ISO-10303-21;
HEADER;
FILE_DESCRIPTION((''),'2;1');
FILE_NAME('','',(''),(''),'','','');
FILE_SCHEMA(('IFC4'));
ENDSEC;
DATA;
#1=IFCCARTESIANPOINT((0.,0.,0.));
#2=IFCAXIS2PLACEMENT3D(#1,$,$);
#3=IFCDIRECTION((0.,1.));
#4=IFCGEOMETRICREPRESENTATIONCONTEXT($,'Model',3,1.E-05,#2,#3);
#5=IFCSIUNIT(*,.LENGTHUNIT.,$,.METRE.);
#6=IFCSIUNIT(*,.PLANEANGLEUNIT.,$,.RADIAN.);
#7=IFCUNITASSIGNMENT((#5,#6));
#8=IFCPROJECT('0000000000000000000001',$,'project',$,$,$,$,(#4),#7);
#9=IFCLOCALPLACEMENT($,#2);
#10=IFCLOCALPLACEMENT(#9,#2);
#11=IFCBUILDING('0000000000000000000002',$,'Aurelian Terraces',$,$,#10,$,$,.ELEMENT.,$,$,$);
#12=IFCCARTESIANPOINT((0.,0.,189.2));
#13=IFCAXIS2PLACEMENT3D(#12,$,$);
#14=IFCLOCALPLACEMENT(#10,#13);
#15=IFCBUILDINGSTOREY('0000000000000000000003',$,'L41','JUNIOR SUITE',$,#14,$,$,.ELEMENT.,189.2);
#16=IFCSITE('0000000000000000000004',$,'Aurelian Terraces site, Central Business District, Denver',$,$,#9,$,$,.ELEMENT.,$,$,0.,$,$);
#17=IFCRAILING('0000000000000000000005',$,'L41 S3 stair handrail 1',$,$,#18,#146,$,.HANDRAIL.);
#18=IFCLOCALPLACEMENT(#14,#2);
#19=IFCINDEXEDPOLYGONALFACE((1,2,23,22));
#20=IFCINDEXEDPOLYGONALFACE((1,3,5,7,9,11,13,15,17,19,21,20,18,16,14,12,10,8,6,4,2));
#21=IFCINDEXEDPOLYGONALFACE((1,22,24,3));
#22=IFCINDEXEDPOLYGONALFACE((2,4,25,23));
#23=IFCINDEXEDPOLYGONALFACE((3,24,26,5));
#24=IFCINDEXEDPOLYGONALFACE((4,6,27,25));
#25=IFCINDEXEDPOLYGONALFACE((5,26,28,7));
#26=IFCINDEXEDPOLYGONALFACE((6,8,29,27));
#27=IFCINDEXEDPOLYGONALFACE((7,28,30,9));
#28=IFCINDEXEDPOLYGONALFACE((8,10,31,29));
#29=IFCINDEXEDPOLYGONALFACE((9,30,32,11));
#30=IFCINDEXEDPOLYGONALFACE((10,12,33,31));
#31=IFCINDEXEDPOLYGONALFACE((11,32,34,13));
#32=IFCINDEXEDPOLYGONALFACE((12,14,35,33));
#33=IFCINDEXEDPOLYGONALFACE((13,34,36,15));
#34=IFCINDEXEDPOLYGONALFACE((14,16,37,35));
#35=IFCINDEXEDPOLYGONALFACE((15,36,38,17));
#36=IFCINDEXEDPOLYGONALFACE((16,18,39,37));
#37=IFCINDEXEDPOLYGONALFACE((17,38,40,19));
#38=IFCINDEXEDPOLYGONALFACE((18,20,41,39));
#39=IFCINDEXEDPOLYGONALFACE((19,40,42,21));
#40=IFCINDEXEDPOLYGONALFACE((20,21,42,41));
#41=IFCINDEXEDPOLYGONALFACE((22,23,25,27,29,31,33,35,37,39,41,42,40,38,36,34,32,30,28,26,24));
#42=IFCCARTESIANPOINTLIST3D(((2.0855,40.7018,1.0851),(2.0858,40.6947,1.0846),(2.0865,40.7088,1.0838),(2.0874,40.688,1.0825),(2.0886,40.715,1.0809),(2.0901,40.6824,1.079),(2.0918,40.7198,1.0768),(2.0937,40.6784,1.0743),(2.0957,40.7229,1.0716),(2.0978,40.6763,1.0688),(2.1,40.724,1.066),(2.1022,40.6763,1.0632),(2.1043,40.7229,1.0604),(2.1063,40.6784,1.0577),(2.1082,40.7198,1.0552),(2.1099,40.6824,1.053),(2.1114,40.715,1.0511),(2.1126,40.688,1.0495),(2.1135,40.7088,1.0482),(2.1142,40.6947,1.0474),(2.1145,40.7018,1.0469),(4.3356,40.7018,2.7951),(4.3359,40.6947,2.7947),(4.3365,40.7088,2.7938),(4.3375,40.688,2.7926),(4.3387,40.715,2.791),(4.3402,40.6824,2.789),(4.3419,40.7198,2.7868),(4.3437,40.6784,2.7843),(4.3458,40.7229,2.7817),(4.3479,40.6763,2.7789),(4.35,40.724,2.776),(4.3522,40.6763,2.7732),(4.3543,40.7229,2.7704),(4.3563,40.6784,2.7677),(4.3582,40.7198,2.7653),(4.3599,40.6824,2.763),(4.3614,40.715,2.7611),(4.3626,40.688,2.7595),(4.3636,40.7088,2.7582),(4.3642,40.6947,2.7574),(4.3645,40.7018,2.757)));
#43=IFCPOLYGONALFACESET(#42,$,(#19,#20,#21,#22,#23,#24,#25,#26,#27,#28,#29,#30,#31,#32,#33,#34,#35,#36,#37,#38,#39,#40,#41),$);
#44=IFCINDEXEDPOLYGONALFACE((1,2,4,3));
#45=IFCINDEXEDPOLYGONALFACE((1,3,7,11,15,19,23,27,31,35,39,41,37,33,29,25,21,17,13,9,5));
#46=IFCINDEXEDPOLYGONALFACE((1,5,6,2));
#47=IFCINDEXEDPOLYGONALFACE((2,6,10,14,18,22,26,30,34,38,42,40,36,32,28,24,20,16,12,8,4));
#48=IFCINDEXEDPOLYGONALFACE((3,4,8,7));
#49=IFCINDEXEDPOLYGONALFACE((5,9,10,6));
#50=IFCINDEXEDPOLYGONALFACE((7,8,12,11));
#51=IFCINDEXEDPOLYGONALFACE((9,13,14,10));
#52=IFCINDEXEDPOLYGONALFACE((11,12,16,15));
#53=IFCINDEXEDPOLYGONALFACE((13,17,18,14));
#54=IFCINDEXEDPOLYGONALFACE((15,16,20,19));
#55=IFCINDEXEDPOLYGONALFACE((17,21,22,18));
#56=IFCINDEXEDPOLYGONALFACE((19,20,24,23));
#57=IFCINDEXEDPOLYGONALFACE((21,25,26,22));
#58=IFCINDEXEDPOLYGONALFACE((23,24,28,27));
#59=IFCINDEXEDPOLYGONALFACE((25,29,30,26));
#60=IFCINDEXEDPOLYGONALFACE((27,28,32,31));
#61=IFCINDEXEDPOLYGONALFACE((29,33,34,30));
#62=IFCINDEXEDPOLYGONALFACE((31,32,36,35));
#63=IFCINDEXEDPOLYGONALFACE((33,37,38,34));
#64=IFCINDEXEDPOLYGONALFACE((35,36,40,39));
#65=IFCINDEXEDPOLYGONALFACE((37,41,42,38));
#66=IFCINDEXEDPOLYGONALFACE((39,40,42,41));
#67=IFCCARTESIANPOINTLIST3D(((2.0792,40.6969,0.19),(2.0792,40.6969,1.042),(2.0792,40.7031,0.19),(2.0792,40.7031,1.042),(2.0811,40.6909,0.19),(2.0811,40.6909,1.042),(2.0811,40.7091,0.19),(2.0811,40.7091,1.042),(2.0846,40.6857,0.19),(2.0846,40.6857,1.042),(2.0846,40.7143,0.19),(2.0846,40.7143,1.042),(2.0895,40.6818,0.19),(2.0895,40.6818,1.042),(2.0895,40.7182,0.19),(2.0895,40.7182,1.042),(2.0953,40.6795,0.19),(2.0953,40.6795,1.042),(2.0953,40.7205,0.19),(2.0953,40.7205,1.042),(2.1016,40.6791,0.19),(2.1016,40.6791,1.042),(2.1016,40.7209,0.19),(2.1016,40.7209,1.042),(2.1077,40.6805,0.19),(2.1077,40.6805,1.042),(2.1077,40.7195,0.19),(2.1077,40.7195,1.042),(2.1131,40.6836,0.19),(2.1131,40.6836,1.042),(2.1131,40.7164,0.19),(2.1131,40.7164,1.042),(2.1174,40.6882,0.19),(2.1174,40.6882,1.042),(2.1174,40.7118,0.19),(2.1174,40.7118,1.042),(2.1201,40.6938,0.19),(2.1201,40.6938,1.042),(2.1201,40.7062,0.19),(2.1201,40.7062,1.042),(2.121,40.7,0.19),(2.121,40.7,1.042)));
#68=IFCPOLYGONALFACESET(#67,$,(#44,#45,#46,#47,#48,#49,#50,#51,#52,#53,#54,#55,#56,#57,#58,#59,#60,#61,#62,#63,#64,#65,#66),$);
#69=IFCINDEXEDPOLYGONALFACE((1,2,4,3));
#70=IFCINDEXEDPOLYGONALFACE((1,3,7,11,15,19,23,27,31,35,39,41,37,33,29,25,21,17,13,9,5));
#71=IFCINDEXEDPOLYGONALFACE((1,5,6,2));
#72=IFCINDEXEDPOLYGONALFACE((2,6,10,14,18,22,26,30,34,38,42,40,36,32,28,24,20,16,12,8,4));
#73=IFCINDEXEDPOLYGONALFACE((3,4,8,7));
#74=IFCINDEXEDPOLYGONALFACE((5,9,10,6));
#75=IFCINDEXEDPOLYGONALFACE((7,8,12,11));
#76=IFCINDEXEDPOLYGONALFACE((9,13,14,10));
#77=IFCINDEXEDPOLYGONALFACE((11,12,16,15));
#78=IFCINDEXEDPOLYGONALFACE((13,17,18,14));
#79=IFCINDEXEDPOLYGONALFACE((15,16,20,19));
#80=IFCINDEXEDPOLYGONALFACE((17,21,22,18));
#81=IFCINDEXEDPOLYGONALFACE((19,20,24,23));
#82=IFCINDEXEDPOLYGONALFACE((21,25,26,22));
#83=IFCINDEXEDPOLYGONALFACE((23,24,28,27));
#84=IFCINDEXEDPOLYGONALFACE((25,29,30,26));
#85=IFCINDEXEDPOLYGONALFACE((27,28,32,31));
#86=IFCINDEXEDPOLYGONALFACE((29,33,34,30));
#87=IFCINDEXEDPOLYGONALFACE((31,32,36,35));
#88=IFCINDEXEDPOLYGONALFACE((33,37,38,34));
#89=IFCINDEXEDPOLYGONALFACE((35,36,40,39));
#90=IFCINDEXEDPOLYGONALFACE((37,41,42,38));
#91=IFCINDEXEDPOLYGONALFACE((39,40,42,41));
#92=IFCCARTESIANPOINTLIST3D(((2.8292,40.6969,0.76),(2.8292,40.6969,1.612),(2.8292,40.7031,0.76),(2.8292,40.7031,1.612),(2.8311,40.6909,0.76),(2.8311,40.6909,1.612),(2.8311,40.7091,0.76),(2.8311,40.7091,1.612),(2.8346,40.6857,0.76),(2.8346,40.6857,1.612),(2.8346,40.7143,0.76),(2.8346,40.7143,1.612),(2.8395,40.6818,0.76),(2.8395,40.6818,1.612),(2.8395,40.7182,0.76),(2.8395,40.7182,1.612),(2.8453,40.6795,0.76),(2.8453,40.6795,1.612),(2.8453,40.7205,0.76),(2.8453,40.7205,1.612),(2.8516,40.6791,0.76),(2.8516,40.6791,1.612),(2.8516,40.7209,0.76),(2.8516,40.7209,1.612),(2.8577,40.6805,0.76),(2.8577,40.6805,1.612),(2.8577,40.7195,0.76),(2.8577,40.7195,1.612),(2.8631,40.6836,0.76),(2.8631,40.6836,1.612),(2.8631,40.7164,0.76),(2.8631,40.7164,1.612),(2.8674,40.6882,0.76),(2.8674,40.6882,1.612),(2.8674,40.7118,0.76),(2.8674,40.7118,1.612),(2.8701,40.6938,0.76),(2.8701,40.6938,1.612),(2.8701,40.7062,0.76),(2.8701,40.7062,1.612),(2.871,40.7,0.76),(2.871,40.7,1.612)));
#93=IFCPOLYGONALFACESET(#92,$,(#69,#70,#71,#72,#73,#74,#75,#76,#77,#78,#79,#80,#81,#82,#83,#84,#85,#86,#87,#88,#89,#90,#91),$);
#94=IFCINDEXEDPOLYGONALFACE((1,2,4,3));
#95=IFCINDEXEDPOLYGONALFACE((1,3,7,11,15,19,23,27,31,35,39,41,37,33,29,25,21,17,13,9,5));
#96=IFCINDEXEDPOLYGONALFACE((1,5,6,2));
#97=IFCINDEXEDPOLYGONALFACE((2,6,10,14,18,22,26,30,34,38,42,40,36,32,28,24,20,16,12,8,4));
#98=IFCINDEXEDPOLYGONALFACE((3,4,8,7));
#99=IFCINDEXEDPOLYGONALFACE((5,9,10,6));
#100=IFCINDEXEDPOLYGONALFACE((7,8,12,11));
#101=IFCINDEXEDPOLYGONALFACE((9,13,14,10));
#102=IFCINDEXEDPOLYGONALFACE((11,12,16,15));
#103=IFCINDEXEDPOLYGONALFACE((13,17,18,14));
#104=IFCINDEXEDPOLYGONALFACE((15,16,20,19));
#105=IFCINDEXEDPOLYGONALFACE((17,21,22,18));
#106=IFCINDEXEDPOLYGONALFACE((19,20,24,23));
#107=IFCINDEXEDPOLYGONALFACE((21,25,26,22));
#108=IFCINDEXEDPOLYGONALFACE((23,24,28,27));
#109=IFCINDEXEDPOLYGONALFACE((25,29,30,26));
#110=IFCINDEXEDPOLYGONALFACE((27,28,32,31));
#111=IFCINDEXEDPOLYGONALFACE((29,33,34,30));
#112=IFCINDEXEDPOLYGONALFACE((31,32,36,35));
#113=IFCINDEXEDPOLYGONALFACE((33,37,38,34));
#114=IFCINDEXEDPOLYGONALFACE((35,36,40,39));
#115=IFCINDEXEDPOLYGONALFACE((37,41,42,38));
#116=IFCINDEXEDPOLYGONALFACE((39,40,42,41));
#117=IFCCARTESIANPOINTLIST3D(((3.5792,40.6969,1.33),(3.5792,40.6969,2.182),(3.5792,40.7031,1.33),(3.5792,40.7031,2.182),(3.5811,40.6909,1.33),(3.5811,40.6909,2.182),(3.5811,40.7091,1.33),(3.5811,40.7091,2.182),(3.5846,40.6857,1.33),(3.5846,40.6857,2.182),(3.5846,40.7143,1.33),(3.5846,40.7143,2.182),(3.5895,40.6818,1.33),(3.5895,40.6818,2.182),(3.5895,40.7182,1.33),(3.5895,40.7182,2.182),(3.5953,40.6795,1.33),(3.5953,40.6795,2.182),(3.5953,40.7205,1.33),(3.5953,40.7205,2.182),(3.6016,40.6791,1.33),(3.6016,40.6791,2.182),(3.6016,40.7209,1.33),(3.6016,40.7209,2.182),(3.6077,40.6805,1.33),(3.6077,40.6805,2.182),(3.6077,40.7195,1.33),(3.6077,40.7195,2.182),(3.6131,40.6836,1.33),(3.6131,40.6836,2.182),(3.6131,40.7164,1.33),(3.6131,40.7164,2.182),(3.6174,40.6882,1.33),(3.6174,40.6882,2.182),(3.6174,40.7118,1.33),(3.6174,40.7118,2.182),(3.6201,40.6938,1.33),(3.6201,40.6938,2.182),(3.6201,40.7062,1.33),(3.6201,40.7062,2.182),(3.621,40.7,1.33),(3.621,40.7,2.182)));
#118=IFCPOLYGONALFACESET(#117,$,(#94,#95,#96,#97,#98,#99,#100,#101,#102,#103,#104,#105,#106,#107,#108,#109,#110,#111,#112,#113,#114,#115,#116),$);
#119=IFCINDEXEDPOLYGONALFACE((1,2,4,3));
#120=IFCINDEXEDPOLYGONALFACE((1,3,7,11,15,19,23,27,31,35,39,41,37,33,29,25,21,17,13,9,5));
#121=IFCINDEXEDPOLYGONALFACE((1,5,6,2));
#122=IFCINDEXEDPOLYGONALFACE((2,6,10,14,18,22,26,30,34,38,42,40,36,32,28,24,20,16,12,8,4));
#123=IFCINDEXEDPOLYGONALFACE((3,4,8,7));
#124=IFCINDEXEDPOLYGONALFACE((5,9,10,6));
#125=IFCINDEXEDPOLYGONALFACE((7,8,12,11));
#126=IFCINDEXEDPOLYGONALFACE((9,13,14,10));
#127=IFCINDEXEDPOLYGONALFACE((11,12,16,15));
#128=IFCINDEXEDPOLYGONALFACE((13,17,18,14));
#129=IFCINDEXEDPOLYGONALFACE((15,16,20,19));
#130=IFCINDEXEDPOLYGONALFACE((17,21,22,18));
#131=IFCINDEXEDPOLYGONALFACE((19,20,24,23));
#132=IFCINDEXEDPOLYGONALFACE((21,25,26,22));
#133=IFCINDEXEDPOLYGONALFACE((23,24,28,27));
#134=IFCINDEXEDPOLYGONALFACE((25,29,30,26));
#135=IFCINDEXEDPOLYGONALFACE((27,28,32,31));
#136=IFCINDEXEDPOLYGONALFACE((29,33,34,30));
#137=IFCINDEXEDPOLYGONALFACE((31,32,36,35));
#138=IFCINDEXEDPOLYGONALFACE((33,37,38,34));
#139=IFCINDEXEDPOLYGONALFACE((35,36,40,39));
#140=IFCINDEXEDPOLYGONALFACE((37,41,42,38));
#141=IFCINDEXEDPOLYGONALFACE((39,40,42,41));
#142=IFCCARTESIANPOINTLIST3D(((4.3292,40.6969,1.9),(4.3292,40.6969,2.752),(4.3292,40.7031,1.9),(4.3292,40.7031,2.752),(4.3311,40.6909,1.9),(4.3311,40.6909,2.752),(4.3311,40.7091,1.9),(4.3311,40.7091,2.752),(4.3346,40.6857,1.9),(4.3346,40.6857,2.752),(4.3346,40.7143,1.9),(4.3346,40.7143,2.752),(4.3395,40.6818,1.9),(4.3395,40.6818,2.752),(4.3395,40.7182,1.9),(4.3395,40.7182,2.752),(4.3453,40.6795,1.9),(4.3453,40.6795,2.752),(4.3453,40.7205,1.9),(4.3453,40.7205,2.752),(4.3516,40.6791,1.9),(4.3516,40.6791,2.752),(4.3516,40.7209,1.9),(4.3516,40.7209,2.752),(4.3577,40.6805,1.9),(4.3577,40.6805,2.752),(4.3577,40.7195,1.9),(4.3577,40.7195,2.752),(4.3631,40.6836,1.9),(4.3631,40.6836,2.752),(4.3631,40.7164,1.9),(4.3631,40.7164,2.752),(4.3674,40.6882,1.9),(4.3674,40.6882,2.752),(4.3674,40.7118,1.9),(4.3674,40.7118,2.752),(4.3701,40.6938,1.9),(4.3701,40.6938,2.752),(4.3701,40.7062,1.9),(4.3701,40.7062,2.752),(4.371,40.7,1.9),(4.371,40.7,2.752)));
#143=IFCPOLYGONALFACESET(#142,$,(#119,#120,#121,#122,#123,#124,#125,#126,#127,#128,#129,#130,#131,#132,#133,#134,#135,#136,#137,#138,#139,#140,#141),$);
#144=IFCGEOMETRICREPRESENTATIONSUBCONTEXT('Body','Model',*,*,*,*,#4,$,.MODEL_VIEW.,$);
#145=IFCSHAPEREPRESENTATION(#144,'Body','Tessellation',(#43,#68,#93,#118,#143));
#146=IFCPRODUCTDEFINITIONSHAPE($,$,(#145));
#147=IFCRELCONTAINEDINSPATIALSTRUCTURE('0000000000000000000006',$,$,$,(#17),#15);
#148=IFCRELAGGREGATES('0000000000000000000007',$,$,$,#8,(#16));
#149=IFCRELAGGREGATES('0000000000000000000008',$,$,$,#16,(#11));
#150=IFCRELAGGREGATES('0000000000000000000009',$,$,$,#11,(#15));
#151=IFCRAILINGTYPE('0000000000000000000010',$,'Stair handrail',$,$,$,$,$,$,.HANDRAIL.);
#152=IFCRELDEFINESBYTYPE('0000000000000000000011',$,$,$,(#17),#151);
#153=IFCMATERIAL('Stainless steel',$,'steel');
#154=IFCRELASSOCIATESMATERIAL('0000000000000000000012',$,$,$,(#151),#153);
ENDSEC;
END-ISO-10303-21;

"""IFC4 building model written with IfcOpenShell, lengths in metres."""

from ifc_helpers import new_model, si_unit, direction, frame, origin, origin_2d, place, context, subcontext, project, spatial, circle, extrude, source, transform, mapped, material, type_object, element, save


model = new_model("IFC4")

# Units and contexts
model_context = context("Model", 3, precision=1e-05, world=origin(), true_north=direction((0.0, 1.0)))
body_context = subcontext(model_context, "Body", "Model", "MODEL_VIEW")
ifc_project = project(units=[si_unit("LENGTHUNIT", "METRE"), si_unit("PLANEANGLEUNIT", "RADIAN")], contexts=[model_context])

# Site, building, storey
site_placement = place(None, origin())
site = spatial("IfcSite", under=ifc_project, at=site_placement, Name="Aurelian Terraces site, Central Business District, Denver", CompositionType="ELEMENT", RefElevation=0.0)
building_placement = place(site_placement, origin())
building = spatial("IfcBuilding", under=site, at=building_placement, Name="Aurelian Terraces", CompositionType="ELEMENT")
storey_placement = place(building_placement, frame((0.0, 0.0, 189.2)))
storey = spatial("IfcBuildingStorey", under=building, at=storey_placement, Name="L41", Description="JUNIOR SUITE", CompositionType="ELEMENT", Elevation=189.2)

# Railing
ifc_material_1 = material(Name="Stainless steel", Category="steel")
railing_type_1 = type_object("IfcRailingType", Name="Stair handrail", PredefinedType="HANDRAIL", material=ifc_material_1)
shared_shape_1 = source(origin(), body_context, "Body", "SweptSolid", [
    extrude(circle(Radius=0.024, at=origin_2d()), frame((0.0, 0.0, 0.876), z_axis=(0.796162, 0.0, 0.605083), x_axis=(0.0, 1.0, 0.0)), (0.0, 0.0, 1.0), 2.8261),
    extrude(circle(Radius=0.021, at=origin_2d()), origin(), (0.0, 0.0, 1.0), 0.852),
    extrude(circle(Radius=0.021, at=origin_2d()), frame((0.75, 0.0, 0.57)), (0.0, 0.0, 1.0), 0.852),
    extrude(circle(Radius=0.021, at=origin_2d()), frame((1.5, 0.0, 1.14)), (0.0, 0.0, 1.0), 0.852),
    extrude(circle(Radius=0.021, at=origin_2d()), frame((2.25, 0.0, 1.71)), (0.0, 0.0, 1.0), 0.852),
])
railing_1_placement = place(storey_placement, frame((2.1, 40.7, 0.19)))
element("IfcRailing", 1, at=railing_1_placement, inside=storey, type_object=railing_type_1, Name="L41 S3 stair handrail 1", PredefinedType="HANDRAIL", context=body_context, shape_type="MappedRepresentation", body=[
    mapped(shared_shape_1, transform((0.0, 0.0, 0.0), scale=1.0)),
])

save(model, "model.ifc")
